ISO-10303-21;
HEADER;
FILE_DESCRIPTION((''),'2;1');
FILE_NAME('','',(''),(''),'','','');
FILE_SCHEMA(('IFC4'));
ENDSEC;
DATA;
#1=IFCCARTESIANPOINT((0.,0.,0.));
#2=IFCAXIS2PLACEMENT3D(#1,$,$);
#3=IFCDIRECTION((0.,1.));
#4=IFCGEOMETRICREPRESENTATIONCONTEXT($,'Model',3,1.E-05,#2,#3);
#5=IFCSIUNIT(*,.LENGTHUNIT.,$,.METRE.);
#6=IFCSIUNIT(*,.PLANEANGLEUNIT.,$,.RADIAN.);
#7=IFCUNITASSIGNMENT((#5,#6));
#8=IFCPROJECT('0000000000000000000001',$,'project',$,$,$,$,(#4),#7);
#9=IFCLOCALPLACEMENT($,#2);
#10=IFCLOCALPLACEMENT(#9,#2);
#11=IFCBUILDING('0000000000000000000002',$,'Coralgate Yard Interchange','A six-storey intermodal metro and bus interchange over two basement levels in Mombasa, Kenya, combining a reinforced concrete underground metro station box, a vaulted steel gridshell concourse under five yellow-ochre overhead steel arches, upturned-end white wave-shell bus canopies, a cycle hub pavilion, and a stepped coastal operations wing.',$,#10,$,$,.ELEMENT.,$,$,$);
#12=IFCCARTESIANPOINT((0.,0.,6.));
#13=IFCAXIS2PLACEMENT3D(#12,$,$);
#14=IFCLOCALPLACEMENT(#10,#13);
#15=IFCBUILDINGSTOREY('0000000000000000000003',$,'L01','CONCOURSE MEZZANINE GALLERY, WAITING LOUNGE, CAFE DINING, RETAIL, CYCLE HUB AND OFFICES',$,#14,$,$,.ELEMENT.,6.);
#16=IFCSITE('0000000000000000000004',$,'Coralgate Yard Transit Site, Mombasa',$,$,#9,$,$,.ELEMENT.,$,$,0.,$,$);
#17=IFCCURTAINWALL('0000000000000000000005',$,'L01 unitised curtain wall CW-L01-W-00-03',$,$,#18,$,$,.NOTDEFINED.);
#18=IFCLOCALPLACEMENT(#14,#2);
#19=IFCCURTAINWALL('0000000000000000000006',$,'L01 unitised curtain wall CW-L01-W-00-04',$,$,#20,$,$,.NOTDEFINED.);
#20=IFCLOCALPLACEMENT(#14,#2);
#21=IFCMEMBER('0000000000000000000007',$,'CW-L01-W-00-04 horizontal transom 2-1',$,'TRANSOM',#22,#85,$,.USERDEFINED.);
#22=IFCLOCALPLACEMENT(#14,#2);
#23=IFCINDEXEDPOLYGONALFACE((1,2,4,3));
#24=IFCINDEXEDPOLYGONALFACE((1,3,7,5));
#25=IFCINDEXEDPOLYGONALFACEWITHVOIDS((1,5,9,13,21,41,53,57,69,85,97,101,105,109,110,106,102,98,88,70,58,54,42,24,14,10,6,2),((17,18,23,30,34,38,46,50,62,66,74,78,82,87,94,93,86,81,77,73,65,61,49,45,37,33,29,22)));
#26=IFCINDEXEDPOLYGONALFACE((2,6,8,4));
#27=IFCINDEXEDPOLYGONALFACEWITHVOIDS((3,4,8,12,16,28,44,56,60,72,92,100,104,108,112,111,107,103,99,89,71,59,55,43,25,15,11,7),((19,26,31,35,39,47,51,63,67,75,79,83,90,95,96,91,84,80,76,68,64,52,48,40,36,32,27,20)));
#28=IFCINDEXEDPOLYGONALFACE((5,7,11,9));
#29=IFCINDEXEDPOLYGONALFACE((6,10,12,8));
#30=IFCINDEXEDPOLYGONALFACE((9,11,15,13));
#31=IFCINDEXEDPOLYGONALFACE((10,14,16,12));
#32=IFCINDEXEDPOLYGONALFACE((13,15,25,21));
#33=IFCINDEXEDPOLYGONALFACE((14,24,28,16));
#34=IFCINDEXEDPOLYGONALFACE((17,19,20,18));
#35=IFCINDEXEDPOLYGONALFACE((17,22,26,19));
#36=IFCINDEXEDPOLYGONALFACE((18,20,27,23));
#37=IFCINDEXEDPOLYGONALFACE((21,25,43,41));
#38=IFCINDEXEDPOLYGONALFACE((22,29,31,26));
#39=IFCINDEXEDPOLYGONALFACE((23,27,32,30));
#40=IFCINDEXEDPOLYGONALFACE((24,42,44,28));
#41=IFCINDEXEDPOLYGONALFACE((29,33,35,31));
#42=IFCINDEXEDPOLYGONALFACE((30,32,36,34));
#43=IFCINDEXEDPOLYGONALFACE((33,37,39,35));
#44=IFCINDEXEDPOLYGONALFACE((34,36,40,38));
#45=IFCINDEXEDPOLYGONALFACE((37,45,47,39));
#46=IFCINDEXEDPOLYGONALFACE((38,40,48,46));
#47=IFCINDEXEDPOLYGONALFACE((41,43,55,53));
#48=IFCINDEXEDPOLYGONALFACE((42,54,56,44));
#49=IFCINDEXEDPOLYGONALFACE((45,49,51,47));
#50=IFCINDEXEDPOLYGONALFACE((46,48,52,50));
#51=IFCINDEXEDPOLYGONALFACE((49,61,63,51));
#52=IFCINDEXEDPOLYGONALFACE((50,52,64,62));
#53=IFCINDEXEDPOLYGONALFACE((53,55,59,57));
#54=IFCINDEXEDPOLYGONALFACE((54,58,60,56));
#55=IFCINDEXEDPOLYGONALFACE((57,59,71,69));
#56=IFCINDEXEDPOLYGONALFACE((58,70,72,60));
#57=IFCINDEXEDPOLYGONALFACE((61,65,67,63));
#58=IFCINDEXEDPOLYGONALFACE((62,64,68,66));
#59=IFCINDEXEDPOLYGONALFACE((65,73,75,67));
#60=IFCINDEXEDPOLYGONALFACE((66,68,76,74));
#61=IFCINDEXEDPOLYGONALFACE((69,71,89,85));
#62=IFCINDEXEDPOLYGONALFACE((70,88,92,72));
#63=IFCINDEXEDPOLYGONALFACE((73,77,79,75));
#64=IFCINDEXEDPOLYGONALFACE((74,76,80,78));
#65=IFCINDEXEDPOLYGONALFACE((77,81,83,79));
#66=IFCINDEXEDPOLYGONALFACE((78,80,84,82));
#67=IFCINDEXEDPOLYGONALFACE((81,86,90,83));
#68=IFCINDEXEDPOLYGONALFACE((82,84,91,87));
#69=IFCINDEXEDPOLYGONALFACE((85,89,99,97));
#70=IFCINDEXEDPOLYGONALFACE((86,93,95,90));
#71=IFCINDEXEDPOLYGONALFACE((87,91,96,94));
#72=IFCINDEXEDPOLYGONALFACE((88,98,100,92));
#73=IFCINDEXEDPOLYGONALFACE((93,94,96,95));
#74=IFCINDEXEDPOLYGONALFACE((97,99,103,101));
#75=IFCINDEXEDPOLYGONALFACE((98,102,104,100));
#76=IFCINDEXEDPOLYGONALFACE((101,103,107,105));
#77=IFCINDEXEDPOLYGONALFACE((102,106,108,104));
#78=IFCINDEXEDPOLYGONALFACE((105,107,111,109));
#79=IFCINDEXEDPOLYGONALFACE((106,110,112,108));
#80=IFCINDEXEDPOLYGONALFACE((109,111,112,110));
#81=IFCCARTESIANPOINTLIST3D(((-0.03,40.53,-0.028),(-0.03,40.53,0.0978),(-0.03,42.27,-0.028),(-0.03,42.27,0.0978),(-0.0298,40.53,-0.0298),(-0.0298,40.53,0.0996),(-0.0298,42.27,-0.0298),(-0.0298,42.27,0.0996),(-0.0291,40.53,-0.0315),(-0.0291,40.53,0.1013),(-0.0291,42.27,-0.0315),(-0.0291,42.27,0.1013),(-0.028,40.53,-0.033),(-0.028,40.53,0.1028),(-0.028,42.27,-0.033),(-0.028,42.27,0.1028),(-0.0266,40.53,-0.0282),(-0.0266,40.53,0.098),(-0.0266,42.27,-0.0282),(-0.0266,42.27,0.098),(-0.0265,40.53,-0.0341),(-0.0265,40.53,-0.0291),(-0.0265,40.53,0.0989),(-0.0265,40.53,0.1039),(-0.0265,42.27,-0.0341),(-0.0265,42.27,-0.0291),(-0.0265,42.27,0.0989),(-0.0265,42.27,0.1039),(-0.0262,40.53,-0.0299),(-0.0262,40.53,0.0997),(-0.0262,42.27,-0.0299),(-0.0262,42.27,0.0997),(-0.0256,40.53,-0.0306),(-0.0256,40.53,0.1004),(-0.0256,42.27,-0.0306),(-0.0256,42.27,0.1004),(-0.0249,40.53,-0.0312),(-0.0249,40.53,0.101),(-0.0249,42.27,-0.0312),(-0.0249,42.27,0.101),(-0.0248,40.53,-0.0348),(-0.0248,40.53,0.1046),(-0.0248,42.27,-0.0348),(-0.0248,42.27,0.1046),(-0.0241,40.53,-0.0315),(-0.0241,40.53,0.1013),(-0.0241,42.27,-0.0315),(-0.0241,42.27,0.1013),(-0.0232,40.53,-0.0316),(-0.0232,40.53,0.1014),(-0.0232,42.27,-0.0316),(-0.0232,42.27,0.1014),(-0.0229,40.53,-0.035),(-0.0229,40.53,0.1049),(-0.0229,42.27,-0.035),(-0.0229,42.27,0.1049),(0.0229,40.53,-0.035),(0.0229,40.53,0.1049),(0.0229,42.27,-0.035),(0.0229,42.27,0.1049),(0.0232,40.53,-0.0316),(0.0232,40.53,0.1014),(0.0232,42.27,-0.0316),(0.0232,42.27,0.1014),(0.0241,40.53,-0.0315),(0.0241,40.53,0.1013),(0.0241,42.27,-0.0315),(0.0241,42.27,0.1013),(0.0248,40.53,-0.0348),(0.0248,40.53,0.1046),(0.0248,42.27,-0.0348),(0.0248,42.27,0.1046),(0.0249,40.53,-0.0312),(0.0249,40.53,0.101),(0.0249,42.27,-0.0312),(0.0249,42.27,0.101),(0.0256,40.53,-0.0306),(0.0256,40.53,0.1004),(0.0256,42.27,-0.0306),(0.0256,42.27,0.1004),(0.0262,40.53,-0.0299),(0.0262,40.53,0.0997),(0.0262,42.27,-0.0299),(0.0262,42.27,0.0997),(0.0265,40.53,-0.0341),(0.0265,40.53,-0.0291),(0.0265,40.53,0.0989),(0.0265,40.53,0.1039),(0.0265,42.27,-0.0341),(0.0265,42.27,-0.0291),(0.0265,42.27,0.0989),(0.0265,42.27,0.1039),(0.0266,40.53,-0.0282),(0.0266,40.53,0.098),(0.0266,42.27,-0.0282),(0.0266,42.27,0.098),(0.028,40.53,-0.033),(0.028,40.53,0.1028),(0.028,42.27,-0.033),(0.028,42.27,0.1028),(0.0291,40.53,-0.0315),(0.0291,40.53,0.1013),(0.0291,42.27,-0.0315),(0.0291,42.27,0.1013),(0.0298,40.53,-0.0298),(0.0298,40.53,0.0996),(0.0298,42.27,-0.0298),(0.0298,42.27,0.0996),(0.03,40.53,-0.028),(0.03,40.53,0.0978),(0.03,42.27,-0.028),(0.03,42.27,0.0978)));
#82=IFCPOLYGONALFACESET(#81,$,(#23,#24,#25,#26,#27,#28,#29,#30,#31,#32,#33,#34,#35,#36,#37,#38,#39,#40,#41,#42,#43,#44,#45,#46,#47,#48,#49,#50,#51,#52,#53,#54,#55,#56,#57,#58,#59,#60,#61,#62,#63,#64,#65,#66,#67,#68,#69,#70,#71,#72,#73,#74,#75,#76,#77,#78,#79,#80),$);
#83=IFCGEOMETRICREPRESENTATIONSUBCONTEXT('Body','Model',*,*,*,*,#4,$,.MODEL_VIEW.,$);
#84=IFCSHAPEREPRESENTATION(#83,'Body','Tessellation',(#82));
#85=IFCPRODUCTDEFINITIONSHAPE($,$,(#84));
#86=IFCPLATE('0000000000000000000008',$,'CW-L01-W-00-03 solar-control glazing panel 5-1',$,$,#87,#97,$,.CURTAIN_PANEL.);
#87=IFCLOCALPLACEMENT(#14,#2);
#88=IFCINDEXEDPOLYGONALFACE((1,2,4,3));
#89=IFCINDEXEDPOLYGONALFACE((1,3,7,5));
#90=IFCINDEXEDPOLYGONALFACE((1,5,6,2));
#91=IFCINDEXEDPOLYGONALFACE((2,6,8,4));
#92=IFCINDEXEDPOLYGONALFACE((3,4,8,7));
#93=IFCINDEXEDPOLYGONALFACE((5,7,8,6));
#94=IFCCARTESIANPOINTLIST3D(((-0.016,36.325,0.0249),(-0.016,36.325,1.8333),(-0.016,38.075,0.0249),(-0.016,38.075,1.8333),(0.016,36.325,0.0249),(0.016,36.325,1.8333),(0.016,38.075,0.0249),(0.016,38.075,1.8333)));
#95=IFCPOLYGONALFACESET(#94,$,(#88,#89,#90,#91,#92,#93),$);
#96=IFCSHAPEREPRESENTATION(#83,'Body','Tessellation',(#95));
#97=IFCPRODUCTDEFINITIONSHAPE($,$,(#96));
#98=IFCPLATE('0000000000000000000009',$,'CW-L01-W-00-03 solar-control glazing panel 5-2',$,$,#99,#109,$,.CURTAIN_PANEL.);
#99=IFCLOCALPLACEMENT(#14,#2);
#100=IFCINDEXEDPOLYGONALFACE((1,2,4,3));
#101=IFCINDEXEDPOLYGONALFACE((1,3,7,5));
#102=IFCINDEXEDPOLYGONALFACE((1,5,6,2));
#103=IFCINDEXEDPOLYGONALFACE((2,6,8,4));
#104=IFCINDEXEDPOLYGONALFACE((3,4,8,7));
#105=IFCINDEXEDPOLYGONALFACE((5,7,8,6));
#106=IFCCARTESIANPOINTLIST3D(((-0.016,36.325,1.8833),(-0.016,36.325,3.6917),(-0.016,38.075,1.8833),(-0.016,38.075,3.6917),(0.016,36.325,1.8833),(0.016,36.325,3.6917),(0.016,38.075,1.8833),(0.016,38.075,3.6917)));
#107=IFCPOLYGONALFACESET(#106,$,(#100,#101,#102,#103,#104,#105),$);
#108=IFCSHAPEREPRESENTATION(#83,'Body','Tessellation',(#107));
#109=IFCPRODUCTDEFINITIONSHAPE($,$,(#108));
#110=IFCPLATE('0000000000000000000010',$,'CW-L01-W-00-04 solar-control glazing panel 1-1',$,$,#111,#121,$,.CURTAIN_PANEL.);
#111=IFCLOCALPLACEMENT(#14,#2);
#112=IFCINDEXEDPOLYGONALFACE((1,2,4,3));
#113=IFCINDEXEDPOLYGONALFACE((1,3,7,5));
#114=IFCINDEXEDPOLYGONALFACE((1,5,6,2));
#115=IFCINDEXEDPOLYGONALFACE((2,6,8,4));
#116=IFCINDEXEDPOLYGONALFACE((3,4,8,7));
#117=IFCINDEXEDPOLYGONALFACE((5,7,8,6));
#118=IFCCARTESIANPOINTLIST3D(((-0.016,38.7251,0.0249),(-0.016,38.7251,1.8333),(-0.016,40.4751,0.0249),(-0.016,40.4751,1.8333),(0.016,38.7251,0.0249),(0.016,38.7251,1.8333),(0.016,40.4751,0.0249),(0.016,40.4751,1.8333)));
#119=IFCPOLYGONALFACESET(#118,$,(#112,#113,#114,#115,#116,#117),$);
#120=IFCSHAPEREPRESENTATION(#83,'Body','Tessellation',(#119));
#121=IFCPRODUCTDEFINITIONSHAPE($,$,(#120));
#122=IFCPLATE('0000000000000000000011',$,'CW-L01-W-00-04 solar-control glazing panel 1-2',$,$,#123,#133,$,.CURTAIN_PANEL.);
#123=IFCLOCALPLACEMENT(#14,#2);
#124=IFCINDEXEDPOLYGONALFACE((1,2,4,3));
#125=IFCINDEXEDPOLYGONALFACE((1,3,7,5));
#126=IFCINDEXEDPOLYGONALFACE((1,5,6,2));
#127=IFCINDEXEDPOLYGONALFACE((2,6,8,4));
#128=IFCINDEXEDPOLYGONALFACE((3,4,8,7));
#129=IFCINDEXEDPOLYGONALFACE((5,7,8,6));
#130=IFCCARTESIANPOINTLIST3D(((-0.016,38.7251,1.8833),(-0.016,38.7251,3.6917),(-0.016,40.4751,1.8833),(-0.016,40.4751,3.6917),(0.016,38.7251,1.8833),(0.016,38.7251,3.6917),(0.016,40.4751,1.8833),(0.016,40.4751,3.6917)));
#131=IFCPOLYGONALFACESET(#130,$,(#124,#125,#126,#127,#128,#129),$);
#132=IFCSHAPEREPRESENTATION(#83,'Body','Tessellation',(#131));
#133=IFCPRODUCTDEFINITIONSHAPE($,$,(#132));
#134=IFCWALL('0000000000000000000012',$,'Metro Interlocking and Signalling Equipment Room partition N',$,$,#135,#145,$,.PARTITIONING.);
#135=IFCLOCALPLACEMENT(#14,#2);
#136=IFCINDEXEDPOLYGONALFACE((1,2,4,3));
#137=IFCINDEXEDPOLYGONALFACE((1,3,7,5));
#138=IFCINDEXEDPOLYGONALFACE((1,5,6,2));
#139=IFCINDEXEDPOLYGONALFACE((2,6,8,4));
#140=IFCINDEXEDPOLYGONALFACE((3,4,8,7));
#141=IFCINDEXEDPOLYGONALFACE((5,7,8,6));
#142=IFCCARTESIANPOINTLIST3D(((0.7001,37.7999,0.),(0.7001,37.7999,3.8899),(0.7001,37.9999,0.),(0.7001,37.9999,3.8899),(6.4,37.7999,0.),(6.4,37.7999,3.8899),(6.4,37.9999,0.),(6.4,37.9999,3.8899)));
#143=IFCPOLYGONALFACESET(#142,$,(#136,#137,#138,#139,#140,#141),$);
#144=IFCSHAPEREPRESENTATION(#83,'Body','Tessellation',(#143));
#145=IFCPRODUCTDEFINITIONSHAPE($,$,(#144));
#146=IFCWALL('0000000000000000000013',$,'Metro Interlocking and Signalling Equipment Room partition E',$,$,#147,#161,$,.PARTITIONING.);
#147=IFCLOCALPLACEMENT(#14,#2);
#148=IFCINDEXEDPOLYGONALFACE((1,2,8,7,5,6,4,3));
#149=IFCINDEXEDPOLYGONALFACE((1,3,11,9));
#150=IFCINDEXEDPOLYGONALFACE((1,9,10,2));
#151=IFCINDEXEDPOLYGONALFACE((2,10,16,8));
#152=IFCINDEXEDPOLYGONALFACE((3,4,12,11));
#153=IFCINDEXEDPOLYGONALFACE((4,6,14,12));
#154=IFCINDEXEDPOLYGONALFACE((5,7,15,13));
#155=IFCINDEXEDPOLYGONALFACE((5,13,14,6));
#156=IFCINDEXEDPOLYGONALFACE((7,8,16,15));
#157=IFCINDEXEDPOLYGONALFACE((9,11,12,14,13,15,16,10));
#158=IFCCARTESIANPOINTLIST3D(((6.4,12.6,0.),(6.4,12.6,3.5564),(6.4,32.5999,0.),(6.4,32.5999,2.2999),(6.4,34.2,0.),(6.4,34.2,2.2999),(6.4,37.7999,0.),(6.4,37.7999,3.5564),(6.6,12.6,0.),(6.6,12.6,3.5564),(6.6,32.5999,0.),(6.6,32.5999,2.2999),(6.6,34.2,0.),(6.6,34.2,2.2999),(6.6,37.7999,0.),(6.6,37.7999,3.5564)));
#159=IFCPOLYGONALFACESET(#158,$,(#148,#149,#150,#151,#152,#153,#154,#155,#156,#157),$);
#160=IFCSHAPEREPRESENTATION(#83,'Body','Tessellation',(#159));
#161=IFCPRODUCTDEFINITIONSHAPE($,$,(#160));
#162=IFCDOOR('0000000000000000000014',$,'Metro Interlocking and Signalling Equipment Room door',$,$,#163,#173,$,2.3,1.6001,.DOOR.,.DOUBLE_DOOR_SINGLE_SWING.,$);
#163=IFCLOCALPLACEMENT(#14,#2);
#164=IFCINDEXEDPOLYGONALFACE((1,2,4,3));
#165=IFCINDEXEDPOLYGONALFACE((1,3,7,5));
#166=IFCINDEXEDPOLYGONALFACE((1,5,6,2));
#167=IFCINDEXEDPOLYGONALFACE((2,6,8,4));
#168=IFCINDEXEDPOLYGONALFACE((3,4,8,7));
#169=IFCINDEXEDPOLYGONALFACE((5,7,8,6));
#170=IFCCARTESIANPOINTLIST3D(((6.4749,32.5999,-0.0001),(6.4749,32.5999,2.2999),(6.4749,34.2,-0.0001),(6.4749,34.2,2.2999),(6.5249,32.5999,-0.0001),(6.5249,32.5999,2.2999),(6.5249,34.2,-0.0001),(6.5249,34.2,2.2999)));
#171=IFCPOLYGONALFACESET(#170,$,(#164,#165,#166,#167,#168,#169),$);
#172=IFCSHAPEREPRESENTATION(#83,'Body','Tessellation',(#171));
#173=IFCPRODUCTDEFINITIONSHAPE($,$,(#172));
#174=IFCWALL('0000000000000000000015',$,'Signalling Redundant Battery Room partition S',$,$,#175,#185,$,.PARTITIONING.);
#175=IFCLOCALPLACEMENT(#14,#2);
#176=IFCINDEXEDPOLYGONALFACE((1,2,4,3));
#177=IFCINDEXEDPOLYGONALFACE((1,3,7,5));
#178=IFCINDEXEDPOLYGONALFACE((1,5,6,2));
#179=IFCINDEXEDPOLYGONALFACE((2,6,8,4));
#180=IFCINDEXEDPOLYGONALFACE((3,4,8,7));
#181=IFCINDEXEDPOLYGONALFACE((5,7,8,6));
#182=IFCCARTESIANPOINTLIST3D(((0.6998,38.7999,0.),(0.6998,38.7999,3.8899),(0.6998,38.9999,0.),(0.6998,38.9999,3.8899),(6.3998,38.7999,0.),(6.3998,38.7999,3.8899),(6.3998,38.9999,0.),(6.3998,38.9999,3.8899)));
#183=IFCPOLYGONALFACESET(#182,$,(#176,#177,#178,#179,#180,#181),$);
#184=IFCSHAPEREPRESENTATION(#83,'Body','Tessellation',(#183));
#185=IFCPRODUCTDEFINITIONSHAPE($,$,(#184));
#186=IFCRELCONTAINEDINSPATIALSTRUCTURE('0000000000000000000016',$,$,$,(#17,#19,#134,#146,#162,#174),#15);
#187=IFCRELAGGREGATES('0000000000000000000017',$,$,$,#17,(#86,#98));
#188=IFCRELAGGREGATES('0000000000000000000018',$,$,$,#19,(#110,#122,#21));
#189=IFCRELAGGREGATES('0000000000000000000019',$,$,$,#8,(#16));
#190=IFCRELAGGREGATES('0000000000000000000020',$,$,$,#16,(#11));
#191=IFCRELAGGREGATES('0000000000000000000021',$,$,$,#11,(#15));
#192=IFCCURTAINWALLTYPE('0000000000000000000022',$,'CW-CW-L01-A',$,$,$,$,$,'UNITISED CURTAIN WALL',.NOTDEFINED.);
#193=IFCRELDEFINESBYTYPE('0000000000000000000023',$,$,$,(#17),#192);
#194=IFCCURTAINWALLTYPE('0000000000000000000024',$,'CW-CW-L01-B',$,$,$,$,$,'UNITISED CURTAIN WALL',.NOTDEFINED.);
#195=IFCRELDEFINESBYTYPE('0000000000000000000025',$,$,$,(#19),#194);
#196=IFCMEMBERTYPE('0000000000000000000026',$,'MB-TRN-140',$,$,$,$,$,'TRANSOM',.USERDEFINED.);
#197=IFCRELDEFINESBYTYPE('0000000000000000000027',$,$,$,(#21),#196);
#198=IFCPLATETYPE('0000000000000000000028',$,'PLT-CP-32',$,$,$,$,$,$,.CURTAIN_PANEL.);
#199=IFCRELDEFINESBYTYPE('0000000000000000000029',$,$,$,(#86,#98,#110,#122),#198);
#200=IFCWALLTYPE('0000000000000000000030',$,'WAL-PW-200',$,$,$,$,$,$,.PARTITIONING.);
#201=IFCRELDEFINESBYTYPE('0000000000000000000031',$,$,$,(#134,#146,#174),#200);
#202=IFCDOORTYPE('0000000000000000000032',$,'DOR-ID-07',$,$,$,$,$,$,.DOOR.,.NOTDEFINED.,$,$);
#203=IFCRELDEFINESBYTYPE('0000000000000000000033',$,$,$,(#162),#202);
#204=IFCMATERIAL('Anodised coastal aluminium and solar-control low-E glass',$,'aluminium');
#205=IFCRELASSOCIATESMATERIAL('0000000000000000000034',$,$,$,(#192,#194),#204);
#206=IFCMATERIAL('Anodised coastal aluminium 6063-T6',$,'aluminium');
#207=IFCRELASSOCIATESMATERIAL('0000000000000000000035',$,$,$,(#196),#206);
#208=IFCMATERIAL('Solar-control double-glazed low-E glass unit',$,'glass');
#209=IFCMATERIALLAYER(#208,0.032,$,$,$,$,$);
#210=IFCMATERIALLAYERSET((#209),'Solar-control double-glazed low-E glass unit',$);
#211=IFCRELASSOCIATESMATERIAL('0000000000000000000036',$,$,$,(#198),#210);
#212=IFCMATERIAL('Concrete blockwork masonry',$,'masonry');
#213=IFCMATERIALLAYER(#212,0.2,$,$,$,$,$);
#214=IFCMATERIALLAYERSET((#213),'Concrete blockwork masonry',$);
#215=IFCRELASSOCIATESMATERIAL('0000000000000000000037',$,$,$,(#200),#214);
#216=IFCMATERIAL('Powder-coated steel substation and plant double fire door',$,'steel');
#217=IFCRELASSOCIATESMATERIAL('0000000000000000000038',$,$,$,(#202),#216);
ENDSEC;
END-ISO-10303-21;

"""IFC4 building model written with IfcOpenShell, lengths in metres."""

from ifc_helpers import new_model, si_unit, direction, frame, frame_2d, origin, origin_2d, place, context, subcontext, project, spatial, rectangle, hollow_rectangle, extrude, material, layer, layer_set, material_profile, profile_set, type_object, element, fill, aggregate, save


model = new_model("IFC4")

# Units and contexts
model_context = context("Model", 3, precision=1e-05, world=origin(), true_north=direction((0.0, 1.0)))
body_context = subcontext(model_context, "Body", "Model", "MODEL_VIEW")
ifc_project = project(units=[si_unit("LENGTHUNIT", "METRE"), si_unit("PLANEANGLEUNIT", "RADIAN")], contexts=[model_context])

# Site, building, storey
site_placement = place(None, origin())
site = spatial("IfcSite", under=ifc_project, at=site_placement, Name="Coralgate Yard Transit Site, Mombasa", CompositionType="ELEMENT", RefElevation=0.0)
building_placement = place(site_placement, origin())
building = spatial("IfcBuilding", under=site, at=building_placement, Name="Coralgate Yard Interchange", Description="A six-storey intermodal metro and bus interchange over two basement levels in Mombasa, Kenya, combining a reinforced concrete underground metro station box, a vaulted steel gridshell concourse under five yellow-ochre overhead steel arches, upturned-end white wave-shell bus canopies, a cycle hub pavilion, and a stepped coastal operations wing.", CompositionType="ELEMENT")
storey_placement = place(building_placement, frame((0.0, 0.0, 6.0)))
storey = spatial("IfcBuildingStorey", under=building, at=storey_placement, Name="L01", Description="CONCOURSE MEZZANINE GALLERY, WAITING LOUNGE, CAFE DINING, RETAIL, CYCLE HUB AND OFFICES", CompositionType="ELEMENT", Elevation=6.0)

# Curtain wall
ifc_material_1 = material(Name="Anodised coastal aluminium and solar-control low-E glass", Category="aluminium")
curtain_wall_type_1 = type_object("IfcCurtainWallType", Name="CW-CW-L01-A", ElementType="UNITISED CURTAIN WALL", PredefinedType="NOTDEFINED", material=ifc_material_1)
curtain_wall_1_placement = place(storey_placement, origin())
curtain_wall_1 = element("IfcCurtainWall", 1, at=curtain_wall_1_placement, inside=storey, type_object=curtain_wall_type_1, Name="L01 unitised curtain wall CW-L01-W-00-03", PredefinedType="NOTDEFINED")
ifc_material_2 = material(Name="Anodised coastal aluminium 6063-T6", Category="aluminium")

# Curtain wall
curtain_wall_type_2 = type_object("IfcCurtainWallType", Name="CW-CW-L01-B", ElementType="UNITISED CURTAIN WALL", PredefinedType="NOTDEFINED", material=ifc_material_1)
curtain_wall_2_placement = place(storey_placement, origin())
curtain_wall_2 = element("IfcCurtainWall", 2, at=curtain_wall_2_placement, inside=storey, type_object=curtain_wall_type_2, Name="L01 unitised curtain wall CW-L01-W-00-04", PredefinedType="NOTDEFINED")

# Member
ifc_material_profile_1 = material_profile(ifc_material_2, hollow_rectangle(XDim=0.0601, YDim=0.1399, WallThickness=0.0034, InnerFilletRadius=0.0034, OuterFilletRadius=0.0071, at=origin_2d()), Name="ALU 60x140x3.5")
ifc_profile_set_1 = profile_set([ifc_material_profile_1], Name="Anodised coastal aluminium 6063-T6")
member_type_1 = type_object("IfcMemberType", Name="MB-TRN-140", ElementType="TRANSOM", PredefinedType="USERDEFINED", material=ifc_profile_set_1)
member_1_placement = place(storey_placement, frame((0.0, 40.53, 0.0349), z_axis=(0.0, 1.0, 0.0), x_axis=(-1.0, 0.0, 0.0)))
member_1 = element("IfcMember", 3, at=member_1_placement, type_object=member_type_1, Name="CW-L01-W-00-04 horizontal transom 2-1", ObjectType="TRANSOM", PredefinedType="USERDEFINED", context=body_context, shape_type="SweptSolid", body=[
    extrude(hollow_rectangle(XDim=0.0601, YDim=0.1399, WallThickness=0.0034, InnerFilletRadius=0.0034, OuterFilletRadius=0.0071, at=origin_2d()), origin(), (0.0, 0.0, 1.0), 1.74),
])

# Plates
ifc_material_3 = material(Name="Solar-control double-glazed low-E glass unit", Category="glass")
ifc_layer_1 = layer(ifc_material_3, 0.032)
ifc_layer_set_1 = layer_set([ifc_layer_1], Name="Solar-control double-glazed low-E glass unit")
plate_type = type_object("IfcPlateType", Name="PLT-CP-32", PredefinedType="CURTAIN_PANEL", material=ifc_layer_set_1)
plate_1_placement = place(storey_placement, frame((0.0, 37.2, 0.0249), z_axis=(0.0, 0.0, 1.0), x_axis=(0.0, 1.0, 0.0)))
plate_1 = element("IfcPlate", 4, at=plate_1_placement, type_object=plate_type, Name="CW-L01-W-00-03 solar-control glazing panel 5-1", PredefinedType="CURTAIN_PANEL", context=body_context, shape_type="SweptSolid", body=[
    extrude(rectangle(XDim=1.75, YDim=0.032, at=origin_2d()), origin(), (0.0, 0.0, 1.0), 1.8083),
])
plate_2_placement = place(storey_placement, frame((0.0, 37.2, 1.8833), z_axis=(0.0, 0.0, 1.0), x_axis=(0.0, 1.0, 0.0)))
plate_2 = element("IfcPlate", 5, at=plate_2_placement, type_object=plate_type, Name="CW-L01-W-00-03 solar-control glazing panel 5-2", PredefinedType="CURTAIN_PANEL", context=body_context, shape_type="SweptSolid", body=[
    extrude(rectangle(XDim=1.75, YDim=0.032, at=origin_2d()), origin(), (0.0, 0.0, 1.0), 1.8083),
])
aggregate(curtain_wall_1, [plate_1, plate_2])
plate_3_placement = place(storey_placement, frame((0.0, 39.6001, 0.0249), z_axis=(0.0, 0.0, 1.0), x_axis=(0.0, 1.0, 0.0)))
plate_3 = element("IfcPlate", 6, at=plate_3_placement, type_object=plate_type, Name="CW-L01-W-00-04 solar-control glazing panel 1-1", PredefinedType="CURTAIN_PANEL", context=body_context, shape_type="SweptSolid", body=[
    extrude(rectangle(XDim=1.75, YDim=0.032, at=origin_2d()), origin(), (0.0, 0.0, 1.0), 1.8083),
])
plate_4_placement = place(storey_placement, frame((0.0, 39.6001, 1.8833), z_axis=(0.0, 0.0, 1.0), x_axis=(0.0, 1.0, 0.0)))
plate_4 = element("IfcPlate", 7, at=plate_4_placement, type_object=plate_type, Name="CW-L01-W-00-04 solar-control glazing panel 1-2", PredefinedType="CURTAIN_PANEL", context=body_context, shape_type="SweptSolid", body=[
    extrude(rectangle(XDim=1.75, YDim=0.032, at=origin_2d()), origin(), (0.0, 0.0, 1.0), 1.8083),
])
aggregate(curtain_wall_2, [plate_3, plate_4, member_1])

# Wall
ifc_material_4 = material(Name="Concrete blockwork masonry", Category="masonry")
ifc_layer_2 = layer(ifc_material_4, 0.2)
ifc_layer_set_2 = layer_set([ifc_layer_2], Name="Concrete blockwork masonry")
wall_type = type_object("IfcWallType", Name="WAL-PW-200", PredefinedType="PARTITIONING", material=ifc_layer_set_2)
wall_1_placement = place(storey_placement, frame((0.7, 37.8999, 0.0), z_axis=(0.0, 0.0, 1.0), x_axis=(1.0, 0.0, 0.0)))
element("IfcWall", 8, at=wall_1_placement, inside=storey, type_object=wall_type, Name="Metro Interlocking and Signalling Equipment Room partition N", PredefinedType="PARTITIONING", context=body_context, shape_type="SweptSolid", body=[
    extrude(rectangle(XDim=5.7, YDim=0.2, at=frame_2d((2.8501, 0.0))), origin(), (0.0, 0.0, 1.0), 3.8899),
])

# Wall, opening, door
wall_2_placement = place(storey_placement, frame((6.5, 37.8, 0.0), z_axis=(0.0, 0.0, 1.0), x_axis=(0.0, -1.0, 0.0)))
wall_2 = element("IfcWall", 9, at=wall_2_placement, inside=storey, type_object=wall_type, Name="Metro Interlocking and Signalling Equipment Room partition E", PredefinedType="PARTITIONING", context=body_context, shape_type="SweptSolid", body=[
    extrude(rectangle(XDim=25.2, YDim=0.2, at=frame_2d((12.6001, 0.0))), origin(), (0.0, 0.0, 1.0), 3.5564),
])
opening_1_placement = place(wall_2_placement, frame((3.6001, 0.0, 0.0)))
opening_1 = element("IfcOpeningElement", 10, at=opening_1_placement, cuts=wall_2, PredefinedType="OPENING", context=body_context, shape_type="SweptSolid", body=[
    extrude(rectangle(XDim=1.6001, YDim=2.3, at=frame_2d((0.8, 1.1499))), frame((0.0, 0.1099, 0.0), z_axis=(0.0, -1.0, 0.0), x_axis=(1.0, 0.0, 0.0)), (0.0, 0.0, 1.0), 0.22),
])
ifc_material_5 = material(Name="Powder-coated steel substation and plant double fire door", Category="steel")
door_type = type_object("IfcDoorType", Name="DOR-ID-07", OperationType="NOTDEFINED", PredefinedType="DOOR", material=ifc_material_5)
door_1_placement = place(opening_1_placement, origin())
door_1 = element("IfcDoor", 11, at=door_1_placement, inside=storey, type_object=door_type, Name="Metro Interlocking and Signalling Equipment Room door", OperationType="DOUBLE_DOOR_SINGLE_SWING", OverallHeight=2.3, OverallWidth=1.6001, PredefinedType="DOOR", context=body_context, shape_type="SweptSolid", body=[
    extrude(rectangle(XDim=1.6001, YDim=2.3, at=frame_2d((0.8, 1.1499))), frame((0.0, 0.0249, 0.0), z_axis=(0.0, -1.0, 0.0), x_axis=(1.0, 0.0, 0.0)), (0.0, 0.0, 1.0), 0.05),
])
fill(opening_1, door_1)

# Wall
wall_3_placement = place(storey_placement, frame((6.3999, 38.8999, 0.0), z_axis=(0.0, 0.0, 1.0), x_axis=(-1.0, 0.0, 0.0)))
element("IfcWall", 12, at=wall_3_placement, inside=storey, type_object=wall_type, Name="Signalling Redundant Battery Room partition S", PredefinedType="PARTITIONING", context=body_context, shape_type="SweptSolid", body=[
    extrude(rectangle(XDim=5.7, YDim=0.2, at=frame_2d((2.8501, 0.0))), origin(), (0.0, 0.0, 1.0), 3.8899),
])

save(model, "model.ifc")
